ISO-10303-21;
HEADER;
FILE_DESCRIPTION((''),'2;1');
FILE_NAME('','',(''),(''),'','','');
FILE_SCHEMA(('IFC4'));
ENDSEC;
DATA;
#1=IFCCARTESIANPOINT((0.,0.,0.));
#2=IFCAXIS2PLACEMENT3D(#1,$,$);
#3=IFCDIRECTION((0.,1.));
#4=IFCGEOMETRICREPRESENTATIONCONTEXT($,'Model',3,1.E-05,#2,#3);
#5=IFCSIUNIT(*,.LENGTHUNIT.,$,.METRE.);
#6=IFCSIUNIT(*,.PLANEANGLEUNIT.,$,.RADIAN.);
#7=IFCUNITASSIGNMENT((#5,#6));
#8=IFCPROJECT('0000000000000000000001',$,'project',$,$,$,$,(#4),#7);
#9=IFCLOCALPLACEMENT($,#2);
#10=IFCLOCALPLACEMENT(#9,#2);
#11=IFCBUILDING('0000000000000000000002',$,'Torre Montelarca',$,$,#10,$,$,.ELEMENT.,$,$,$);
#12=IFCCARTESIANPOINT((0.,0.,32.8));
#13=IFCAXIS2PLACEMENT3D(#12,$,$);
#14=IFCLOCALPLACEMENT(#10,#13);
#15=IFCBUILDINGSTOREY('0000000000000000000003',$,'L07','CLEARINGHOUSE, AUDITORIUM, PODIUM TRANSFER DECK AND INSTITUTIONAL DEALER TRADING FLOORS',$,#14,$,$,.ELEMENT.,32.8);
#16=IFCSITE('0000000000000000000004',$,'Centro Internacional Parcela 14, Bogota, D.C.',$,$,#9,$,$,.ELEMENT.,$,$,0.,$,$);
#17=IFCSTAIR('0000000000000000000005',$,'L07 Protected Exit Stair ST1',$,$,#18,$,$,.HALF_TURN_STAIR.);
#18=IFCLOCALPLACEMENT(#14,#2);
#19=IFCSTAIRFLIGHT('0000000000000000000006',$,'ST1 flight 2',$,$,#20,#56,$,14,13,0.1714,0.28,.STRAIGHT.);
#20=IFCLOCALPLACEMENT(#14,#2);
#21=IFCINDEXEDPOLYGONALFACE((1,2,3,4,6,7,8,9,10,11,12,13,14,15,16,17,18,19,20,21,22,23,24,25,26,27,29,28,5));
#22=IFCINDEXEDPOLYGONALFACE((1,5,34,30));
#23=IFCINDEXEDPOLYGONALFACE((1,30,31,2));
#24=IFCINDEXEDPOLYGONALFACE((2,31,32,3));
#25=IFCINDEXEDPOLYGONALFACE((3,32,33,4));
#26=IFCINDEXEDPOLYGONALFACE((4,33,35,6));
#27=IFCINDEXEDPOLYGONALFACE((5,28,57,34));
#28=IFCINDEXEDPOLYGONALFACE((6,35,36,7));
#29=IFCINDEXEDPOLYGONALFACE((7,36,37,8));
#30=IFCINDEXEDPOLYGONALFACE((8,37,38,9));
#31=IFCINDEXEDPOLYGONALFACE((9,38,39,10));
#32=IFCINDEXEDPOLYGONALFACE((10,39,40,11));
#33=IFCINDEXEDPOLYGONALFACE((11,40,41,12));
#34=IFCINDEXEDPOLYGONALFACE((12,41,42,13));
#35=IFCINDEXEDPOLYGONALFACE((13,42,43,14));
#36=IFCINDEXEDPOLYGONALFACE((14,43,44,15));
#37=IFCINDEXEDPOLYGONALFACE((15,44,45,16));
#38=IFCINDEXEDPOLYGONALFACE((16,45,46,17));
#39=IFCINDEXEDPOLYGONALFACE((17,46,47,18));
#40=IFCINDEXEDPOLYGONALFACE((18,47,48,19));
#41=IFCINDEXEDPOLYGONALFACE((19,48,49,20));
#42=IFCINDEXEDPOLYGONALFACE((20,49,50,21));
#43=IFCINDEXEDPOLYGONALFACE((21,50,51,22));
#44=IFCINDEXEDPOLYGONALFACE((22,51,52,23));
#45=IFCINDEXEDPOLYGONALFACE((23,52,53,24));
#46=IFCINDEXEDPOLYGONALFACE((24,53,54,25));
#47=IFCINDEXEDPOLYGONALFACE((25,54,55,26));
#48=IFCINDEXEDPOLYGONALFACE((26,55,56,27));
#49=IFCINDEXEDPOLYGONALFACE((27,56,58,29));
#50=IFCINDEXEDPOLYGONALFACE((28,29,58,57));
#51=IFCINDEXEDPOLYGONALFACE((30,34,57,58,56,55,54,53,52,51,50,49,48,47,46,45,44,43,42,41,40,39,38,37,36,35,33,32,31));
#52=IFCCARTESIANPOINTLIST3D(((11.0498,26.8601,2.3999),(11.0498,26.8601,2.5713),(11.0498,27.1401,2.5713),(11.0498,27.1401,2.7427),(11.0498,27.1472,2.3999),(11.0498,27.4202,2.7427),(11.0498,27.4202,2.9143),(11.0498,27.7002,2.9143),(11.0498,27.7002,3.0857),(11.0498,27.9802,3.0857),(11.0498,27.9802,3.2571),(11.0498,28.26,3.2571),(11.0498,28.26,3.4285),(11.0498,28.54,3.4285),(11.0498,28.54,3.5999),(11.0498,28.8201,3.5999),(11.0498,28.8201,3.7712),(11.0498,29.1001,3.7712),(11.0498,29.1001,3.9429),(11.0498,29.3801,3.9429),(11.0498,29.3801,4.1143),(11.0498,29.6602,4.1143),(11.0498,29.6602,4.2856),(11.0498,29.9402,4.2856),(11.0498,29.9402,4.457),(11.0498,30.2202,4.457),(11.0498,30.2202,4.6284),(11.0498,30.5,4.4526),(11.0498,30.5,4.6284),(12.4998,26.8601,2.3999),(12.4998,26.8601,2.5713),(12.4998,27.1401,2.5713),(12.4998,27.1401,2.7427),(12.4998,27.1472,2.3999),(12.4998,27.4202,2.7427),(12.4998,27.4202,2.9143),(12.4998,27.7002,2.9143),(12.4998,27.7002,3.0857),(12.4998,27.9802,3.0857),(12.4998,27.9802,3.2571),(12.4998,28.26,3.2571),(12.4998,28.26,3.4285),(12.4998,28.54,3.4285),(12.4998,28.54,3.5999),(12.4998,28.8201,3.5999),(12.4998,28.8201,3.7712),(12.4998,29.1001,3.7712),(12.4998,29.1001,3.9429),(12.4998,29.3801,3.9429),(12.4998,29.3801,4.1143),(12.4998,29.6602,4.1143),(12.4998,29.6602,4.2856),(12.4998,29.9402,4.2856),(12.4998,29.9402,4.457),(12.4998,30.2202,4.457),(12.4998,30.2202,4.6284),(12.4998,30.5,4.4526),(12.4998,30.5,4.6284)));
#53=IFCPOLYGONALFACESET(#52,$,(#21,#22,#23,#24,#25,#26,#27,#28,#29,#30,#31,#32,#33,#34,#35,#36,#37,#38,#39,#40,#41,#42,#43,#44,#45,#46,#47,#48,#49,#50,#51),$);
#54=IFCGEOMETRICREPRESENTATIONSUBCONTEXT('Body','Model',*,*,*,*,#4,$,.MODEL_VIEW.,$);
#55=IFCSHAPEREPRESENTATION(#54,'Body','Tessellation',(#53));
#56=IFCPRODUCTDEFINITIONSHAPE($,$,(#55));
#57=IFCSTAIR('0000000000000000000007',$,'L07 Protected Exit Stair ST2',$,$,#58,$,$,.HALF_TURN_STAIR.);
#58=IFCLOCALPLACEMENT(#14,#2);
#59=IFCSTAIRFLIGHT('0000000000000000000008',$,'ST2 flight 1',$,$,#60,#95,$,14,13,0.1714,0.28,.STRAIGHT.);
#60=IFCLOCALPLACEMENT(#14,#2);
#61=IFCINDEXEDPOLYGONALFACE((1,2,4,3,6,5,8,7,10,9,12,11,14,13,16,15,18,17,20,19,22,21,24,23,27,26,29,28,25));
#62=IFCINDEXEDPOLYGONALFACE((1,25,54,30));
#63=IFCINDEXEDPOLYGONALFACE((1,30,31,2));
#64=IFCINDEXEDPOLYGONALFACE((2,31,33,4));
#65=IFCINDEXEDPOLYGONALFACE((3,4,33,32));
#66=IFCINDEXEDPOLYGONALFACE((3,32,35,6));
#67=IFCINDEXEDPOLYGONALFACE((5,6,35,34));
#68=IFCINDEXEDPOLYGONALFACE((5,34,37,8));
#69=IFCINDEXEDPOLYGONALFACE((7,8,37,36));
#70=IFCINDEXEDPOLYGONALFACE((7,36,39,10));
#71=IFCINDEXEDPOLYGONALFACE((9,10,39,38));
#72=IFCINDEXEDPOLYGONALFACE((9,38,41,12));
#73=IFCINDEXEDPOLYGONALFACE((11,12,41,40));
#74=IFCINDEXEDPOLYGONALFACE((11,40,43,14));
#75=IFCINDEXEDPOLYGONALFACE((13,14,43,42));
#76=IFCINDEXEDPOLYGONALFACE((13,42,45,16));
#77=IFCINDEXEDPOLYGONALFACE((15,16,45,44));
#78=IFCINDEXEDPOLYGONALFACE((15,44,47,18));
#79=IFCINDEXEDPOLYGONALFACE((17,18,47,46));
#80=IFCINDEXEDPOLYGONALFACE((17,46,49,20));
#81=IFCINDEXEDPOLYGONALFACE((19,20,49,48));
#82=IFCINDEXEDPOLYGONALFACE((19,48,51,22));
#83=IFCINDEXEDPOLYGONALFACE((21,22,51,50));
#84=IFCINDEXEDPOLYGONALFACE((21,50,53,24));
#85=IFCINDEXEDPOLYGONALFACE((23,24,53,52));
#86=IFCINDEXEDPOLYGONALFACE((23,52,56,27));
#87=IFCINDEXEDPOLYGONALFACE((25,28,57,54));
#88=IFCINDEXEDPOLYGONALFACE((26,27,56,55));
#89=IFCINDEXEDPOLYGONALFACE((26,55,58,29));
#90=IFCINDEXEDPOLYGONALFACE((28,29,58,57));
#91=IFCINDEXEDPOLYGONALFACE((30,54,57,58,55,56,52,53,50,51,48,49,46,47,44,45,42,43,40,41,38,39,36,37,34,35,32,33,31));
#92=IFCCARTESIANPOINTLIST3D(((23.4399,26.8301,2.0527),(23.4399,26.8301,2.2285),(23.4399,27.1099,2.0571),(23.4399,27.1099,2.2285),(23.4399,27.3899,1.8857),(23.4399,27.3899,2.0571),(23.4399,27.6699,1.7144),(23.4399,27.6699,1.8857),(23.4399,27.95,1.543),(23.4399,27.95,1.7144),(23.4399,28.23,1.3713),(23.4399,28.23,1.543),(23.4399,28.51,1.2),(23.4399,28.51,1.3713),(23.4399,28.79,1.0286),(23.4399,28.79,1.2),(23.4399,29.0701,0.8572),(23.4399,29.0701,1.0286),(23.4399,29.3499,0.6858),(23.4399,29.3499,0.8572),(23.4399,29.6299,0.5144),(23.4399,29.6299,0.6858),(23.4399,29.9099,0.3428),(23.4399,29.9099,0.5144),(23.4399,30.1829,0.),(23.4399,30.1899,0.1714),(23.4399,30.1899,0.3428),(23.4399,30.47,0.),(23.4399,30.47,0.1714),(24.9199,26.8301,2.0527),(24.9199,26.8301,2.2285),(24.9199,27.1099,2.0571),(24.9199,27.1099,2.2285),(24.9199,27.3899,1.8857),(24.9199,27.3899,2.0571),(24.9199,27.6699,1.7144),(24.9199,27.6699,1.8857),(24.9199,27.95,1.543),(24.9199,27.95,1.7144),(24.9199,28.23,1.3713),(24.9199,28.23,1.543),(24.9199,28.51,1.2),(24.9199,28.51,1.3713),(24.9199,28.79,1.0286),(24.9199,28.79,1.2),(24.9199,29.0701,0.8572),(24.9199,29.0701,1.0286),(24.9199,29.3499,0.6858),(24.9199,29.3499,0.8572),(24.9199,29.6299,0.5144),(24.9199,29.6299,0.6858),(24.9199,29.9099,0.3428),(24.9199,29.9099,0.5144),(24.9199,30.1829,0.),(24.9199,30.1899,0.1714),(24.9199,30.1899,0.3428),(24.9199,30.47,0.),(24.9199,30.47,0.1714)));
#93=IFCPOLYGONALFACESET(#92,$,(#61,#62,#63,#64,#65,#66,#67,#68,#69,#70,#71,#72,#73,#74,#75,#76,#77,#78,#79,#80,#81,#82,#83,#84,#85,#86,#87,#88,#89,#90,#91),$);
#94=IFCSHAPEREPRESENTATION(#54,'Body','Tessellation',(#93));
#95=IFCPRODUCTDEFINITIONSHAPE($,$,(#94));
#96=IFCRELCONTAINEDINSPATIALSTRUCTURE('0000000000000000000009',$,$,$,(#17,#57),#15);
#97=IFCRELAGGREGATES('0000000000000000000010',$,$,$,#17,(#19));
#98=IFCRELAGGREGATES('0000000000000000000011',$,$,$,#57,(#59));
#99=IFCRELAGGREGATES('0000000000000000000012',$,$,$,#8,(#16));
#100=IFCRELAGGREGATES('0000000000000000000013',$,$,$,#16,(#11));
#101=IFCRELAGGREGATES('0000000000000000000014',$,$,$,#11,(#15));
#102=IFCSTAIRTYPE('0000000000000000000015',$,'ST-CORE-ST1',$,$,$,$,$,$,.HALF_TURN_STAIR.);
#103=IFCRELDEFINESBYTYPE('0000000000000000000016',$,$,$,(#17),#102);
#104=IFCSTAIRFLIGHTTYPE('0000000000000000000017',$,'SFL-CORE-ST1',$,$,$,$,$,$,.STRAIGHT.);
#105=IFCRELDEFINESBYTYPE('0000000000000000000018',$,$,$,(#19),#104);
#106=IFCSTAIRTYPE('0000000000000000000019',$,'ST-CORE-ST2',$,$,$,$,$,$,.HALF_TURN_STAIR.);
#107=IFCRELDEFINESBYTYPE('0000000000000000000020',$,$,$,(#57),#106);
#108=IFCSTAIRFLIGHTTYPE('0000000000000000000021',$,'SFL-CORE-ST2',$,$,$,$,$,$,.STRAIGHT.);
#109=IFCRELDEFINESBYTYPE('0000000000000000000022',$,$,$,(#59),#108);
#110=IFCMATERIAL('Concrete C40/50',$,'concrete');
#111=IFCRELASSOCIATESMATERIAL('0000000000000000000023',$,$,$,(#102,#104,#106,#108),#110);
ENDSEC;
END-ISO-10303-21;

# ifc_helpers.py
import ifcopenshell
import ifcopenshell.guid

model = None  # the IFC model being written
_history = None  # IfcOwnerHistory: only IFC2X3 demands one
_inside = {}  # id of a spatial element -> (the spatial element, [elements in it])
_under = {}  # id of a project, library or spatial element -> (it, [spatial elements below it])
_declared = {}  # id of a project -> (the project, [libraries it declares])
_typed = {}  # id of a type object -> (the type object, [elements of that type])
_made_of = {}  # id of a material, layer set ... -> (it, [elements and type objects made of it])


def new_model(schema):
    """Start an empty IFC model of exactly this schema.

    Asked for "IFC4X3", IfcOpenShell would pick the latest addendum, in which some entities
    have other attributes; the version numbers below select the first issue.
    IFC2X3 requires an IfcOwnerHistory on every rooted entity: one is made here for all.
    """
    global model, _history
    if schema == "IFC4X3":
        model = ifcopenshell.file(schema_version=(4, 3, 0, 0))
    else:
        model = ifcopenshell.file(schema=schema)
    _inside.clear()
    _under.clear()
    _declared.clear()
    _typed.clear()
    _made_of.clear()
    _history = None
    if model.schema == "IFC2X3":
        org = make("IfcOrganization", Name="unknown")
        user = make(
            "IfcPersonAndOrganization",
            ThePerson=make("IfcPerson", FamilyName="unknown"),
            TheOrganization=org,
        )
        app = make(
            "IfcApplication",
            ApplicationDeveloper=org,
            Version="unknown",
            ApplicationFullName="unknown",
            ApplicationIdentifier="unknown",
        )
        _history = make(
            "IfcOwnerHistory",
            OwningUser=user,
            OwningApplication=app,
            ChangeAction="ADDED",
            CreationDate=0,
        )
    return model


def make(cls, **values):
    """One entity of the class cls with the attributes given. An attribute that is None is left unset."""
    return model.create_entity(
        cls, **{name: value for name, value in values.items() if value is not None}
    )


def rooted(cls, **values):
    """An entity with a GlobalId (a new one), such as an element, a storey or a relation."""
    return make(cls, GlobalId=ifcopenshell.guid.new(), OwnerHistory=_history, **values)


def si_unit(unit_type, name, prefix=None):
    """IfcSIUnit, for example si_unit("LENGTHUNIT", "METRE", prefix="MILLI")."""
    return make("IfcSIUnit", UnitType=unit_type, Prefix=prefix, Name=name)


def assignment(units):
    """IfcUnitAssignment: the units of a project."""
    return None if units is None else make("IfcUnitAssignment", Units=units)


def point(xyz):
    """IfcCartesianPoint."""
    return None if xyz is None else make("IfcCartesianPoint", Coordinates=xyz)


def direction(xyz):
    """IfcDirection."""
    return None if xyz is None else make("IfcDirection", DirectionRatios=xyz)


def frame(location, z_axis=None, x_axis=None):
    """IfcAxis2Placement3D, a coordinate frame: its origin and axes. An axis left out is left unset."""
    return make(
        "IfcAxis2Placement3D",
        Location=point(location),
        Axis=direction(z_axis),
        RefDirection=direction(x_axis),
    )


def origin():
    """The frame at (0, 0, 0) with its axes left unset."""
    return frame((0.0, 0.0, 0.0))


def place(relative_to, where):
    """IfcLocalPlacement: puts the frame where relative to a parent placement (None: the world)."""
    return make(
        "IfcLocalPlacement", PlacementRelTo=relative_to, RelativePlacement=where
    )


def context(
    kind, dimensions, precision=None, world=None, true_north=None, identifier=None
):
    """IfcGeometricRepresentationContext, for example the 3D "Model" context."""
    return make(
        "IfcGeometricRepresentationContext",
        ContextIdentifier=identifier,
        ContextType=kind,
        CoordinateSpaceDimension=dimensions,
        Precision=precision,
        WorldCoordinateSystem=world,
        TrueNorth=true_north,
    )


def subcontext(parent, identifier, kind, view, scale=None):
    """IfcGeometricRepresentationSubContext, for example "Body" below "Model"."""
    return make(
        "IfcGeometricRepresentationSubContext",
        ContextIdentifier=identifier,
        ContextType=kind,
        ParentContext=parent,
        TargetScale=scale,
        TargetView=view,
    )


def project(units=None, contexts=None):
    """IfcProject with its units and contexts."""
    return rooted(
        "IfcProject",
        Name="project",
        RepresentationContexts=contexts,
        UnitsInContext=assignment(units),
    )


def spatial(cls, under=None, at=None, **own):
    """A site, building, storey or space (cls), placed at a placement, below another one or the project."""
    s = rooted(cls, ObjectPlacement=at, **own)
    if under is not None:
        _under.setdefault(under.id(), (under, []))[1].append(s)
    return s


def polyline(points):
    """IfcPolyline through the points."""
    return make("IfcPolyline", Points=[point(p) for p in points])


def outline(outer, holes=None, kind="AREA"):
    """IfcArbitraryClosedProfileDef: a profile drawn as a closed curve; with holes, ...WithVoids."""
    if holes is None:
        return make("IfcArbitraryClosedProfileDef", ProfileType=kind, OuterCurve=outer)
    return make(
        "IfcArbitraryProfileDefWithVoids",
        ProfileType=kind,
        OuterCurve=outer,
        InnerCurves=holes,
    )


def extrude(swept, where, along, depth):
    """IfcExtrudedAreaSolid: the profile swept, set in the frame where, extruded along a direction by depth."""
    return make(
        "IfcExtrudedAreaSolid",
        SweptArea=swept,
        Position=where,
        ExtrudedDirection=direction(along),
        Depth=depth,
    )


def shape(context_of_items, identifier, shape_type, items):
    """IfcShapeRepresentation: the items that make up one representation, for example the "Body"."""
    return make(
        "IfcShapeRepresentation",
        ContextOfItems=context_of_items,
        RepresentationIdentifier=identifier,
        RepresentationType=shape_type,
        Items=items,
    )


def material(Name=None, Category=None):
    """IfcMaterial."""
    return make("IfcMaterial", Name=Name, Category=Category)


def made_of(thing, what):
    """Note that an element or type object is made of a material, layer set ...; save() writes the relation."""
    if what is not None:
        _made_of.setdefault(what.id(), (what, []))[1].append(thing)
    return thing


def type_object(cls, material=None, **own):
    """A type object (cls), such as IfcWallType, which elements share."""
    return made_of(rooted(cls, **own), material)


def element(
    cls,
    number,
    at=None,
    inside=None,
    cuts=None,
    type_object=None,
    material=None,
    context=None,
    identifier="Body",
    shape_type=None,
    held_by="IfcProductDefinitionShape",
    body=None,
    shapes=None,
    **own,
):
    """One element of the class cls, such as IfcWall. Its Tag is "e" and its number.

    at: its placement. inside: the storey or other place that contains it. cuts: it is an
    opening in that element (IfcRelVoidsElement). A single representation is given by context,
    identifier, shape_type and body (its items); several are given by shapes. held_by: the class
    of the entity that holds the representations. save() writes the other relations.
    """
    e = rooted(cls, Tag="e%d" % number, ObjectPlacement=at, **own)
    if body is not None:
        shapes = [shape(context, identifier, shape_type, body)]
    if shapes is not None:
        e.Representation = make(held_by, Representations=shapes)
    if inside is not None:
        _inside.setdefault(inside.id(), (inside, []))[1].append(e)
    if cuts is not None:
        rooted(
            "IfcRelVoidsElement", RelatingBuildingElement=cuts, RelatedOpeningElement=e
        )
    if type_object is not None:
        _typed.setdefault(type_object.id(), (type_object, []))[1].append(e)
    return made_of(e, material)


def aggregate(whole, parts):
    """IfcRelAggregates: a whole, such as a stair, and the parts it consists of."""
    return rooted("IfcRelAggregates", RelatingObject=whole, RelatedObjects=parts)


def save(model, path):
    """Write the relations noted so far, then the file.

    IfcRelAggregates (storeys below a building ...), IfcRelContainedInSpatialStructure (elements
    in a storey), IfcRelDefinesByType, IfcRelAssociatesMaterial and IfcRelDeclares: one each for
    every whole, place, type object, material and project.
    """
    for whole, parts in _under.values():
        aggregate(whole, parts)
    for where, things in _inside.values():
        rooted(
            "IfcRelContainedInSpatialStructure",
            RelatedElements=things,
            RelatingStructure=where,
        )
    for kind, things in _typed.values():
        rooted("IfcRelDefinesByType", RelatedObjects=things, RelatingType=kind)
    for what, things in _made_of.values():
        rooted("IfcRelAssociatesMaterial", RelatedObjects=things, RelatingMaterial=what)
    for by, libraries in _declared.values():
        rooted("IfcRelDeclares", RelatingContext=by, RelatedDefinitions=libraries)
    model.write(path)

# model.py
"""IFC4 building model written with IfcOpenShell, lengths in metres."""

from ifc_helpers import new_model, si_unit, direction, frame, origin, place, context, subcontext, project, spatial, polyline, outline, extrude, material, type_object, element, aggregate, save


model = new_model("IFC4")

# Units and contexts
model_context = context("Model", 3, precision=1e-05, world=origin(), true_north=direction((0.0, 1.0)))
body_context = subcontext(model_context, "Body", "Model", "MODEL_VIEW")
ifc_project = project(units=[si_unit("LENGTHUNIT", "METRE"), si_unit("PLANEANGLEUNIT", "RADIAN")], contexts=[model_context])

# Site, building, storey
site_placement = place(None, origin())
site = spatial("IfcSite", under=ifc_project, at=site_placement, Name="Centro Internacional Parcela 14, Bogota, D.C.", CompositionType="ELEMENT", RefElevation=0.0)
building_placement = place(site_placement, origin())
building = spatial("IfcBuilding", under=site, at=building_placement, Name="Torre Montelarca", CompositionType="ELEMENT")
storey_placement = place(building_placement, frame((0.0, 0.0, 32.8)))
storey = spatial("IfcBuildingStorey", under=building, at=storey_placement, Name="L07", Description="CLEARINGHOUSE, AUDITORIUM, PODIUM TRANSFER DECK AND INSTITUTIONAL DEALER TRADING FLOORS", CompositionType="ELEMENT", Elevation=32.8)

# Shared definitions
ifc_material_1 = material(Name="Concrete C40/50", Category="concrete")

# Stairs, stair flights
stair_type_1 = type_object("IfcStairType", Name="ST-CORE-ST1", PredefinedType="HALF_TURN_STAIR", material=ifc_material_1)
stair_1_placement = place(storey_placement, origin())
stair_1 = element("IfcStair", 1, at=stair_1_placement, inside=storey, type_object=stair_type_1, Name="L07 Protected Exit Stair ST1", PredefinedType="HALF_TURN_STAIR")
stair_flight_type_1 = type_object("IfcStairFlightType", Name="SFL-CORE-ST1", PredefinedType="STRAIGHT", material=ifc_material_1)
stair_flight_1_placement = place(storey_placement, frame((11.7749, 26.8601, 2.3999), z_axis=(0.0, 0.0, 1.0), x_axis=(0.0, 1.0, 0.0)))
stair_flight_1 = element("IfcStairFlight", 2, at=stair_flight_1_placement, type_object=stair_flight_type_1, Name="ST1 flight 2", NumberOfRisers=14, NumberOfTreads=13, PredefinedType="STRAIGHT", RiserHeight=0.1714, TreadLength=0.28, context=body_context, shape_type="SweptSolid", body=[
    extrude(outline(polyline([(0.0, 0.0), (0.0, 0.1714), (0.28, 0.1714), (0.28, 0.3428), (0.5601, 0.3428), (0.5601, 0.5144), (0.8401, 0.5144), (0.8401, 0.6858), (1.1201, 0.6858), (1.1201, 0.8572), (1.3999, 0.8572), (1.3999, 1.0286), (1.6799, 1.0286), (1.6799, 1.2), (1.96, 1.2), (1.96, 1.3713), (2.24, 1.3713), (2.24, 1.543), (2.52, 1.543), (2.52, 1.7144), (2.8, 1.7144), (2.8, 1.8857), (3.0801, 1.8857), (3.0801, 2.0571), (3.3601, 2.0571), (3.3601, 2.2285), (3.6399, 2.2285), (3.6399, 2.3999), (3.6399, 2.0527), (0.2871, 0.0), (0.0, 0.0)])), frame((0.0, 0.7251, 0.0), z_axis=(0.0, -1.0, 0.0), x_axis=(1.0, 0.0, 0.0)), (0.0, 0.0, 1.0), 1.45),
])
aggregate(stair_1, [stair_flight_1])
stair_type_2 = type_object("IfcStairType", Name="ST-CORE-ST2", PredefinedType="HALF_TURN_STAIR", material=ifc_material_1)
stair_2_placement = place(storey_placement, origin())
stair_2 = element("IfcStair", 3, at=stair_2_placement, inside=storey, type_object=stair_type_2, Name="L07 Protected Exit Stair ST2", PredefinedType="HALF_TURN_STAIR")
stair_flight_type_2 = type_object("IfcStairFlightType", Name="SFL-CORE-ST2", PredefinedType="STRAIGHT", material=ifc_material_1)
stair_flight_2_placement = place(storey_placement, frame((24.1799, 30.47, 0.0), z_axis=(0.0, 0.0, 1.0), x_axis=(0.0, -1.0, 0.0)))
stair_flight_2 = element("IfcStairFlight", 4, at=stair_flight_2_placement, type_object=stair_flight_type_2, Name="ST2 flight 1", NumberOfRisers=14, NumberOfTreads=13, PredefinedType="STRAIGHT", RiserHeight=0.1714, TreadLength=0.28, context=body_context, shape_type="SweptSolid", body=[
    extrude(outline(polyline([(0.0, 0.0), (0.0, 0.1714), (0.28, 0.1714), (0.28, 0.3428), (0.5601, 0.3428), (0.5601, 0.5144), (0.8401, 0.5144), (0.8401, 0.6858), (1.1201, 0.6858), (1.1201, 0.8572), (1.3999, 0.8572), (1.3999, 1.0286), (1.6799, 1.0286), (1.6799, 1.2), (1.96, 1.2), (1.96, 1.3713), (2.24, 1.3713), (2.24, 1.543), (2.52, 1.543), (2.52, 1.7144), (2.8, 1.7144), (2.8, 1.8857), (3.0801, 1.8857), (3.0801, 2.0571), (3.3601, 2.0571), (3.3601, 2.2285), (3.6399, 2.2285), (3.6399, 2.3999), (3.6399, 2.0527), (0.2871, 0.0), (0.0, 0.0)])), frame((0.0, 0.74, 0.0), z_axis=(0.0, -1.0, 0.0), x_axis=(1.0, 0.0, 0.0)), (0.0, 0.0, 1.0), 1.48),
])
aggregate(stair_2, [stair_flight_2])

save(model, "model.ifc")
